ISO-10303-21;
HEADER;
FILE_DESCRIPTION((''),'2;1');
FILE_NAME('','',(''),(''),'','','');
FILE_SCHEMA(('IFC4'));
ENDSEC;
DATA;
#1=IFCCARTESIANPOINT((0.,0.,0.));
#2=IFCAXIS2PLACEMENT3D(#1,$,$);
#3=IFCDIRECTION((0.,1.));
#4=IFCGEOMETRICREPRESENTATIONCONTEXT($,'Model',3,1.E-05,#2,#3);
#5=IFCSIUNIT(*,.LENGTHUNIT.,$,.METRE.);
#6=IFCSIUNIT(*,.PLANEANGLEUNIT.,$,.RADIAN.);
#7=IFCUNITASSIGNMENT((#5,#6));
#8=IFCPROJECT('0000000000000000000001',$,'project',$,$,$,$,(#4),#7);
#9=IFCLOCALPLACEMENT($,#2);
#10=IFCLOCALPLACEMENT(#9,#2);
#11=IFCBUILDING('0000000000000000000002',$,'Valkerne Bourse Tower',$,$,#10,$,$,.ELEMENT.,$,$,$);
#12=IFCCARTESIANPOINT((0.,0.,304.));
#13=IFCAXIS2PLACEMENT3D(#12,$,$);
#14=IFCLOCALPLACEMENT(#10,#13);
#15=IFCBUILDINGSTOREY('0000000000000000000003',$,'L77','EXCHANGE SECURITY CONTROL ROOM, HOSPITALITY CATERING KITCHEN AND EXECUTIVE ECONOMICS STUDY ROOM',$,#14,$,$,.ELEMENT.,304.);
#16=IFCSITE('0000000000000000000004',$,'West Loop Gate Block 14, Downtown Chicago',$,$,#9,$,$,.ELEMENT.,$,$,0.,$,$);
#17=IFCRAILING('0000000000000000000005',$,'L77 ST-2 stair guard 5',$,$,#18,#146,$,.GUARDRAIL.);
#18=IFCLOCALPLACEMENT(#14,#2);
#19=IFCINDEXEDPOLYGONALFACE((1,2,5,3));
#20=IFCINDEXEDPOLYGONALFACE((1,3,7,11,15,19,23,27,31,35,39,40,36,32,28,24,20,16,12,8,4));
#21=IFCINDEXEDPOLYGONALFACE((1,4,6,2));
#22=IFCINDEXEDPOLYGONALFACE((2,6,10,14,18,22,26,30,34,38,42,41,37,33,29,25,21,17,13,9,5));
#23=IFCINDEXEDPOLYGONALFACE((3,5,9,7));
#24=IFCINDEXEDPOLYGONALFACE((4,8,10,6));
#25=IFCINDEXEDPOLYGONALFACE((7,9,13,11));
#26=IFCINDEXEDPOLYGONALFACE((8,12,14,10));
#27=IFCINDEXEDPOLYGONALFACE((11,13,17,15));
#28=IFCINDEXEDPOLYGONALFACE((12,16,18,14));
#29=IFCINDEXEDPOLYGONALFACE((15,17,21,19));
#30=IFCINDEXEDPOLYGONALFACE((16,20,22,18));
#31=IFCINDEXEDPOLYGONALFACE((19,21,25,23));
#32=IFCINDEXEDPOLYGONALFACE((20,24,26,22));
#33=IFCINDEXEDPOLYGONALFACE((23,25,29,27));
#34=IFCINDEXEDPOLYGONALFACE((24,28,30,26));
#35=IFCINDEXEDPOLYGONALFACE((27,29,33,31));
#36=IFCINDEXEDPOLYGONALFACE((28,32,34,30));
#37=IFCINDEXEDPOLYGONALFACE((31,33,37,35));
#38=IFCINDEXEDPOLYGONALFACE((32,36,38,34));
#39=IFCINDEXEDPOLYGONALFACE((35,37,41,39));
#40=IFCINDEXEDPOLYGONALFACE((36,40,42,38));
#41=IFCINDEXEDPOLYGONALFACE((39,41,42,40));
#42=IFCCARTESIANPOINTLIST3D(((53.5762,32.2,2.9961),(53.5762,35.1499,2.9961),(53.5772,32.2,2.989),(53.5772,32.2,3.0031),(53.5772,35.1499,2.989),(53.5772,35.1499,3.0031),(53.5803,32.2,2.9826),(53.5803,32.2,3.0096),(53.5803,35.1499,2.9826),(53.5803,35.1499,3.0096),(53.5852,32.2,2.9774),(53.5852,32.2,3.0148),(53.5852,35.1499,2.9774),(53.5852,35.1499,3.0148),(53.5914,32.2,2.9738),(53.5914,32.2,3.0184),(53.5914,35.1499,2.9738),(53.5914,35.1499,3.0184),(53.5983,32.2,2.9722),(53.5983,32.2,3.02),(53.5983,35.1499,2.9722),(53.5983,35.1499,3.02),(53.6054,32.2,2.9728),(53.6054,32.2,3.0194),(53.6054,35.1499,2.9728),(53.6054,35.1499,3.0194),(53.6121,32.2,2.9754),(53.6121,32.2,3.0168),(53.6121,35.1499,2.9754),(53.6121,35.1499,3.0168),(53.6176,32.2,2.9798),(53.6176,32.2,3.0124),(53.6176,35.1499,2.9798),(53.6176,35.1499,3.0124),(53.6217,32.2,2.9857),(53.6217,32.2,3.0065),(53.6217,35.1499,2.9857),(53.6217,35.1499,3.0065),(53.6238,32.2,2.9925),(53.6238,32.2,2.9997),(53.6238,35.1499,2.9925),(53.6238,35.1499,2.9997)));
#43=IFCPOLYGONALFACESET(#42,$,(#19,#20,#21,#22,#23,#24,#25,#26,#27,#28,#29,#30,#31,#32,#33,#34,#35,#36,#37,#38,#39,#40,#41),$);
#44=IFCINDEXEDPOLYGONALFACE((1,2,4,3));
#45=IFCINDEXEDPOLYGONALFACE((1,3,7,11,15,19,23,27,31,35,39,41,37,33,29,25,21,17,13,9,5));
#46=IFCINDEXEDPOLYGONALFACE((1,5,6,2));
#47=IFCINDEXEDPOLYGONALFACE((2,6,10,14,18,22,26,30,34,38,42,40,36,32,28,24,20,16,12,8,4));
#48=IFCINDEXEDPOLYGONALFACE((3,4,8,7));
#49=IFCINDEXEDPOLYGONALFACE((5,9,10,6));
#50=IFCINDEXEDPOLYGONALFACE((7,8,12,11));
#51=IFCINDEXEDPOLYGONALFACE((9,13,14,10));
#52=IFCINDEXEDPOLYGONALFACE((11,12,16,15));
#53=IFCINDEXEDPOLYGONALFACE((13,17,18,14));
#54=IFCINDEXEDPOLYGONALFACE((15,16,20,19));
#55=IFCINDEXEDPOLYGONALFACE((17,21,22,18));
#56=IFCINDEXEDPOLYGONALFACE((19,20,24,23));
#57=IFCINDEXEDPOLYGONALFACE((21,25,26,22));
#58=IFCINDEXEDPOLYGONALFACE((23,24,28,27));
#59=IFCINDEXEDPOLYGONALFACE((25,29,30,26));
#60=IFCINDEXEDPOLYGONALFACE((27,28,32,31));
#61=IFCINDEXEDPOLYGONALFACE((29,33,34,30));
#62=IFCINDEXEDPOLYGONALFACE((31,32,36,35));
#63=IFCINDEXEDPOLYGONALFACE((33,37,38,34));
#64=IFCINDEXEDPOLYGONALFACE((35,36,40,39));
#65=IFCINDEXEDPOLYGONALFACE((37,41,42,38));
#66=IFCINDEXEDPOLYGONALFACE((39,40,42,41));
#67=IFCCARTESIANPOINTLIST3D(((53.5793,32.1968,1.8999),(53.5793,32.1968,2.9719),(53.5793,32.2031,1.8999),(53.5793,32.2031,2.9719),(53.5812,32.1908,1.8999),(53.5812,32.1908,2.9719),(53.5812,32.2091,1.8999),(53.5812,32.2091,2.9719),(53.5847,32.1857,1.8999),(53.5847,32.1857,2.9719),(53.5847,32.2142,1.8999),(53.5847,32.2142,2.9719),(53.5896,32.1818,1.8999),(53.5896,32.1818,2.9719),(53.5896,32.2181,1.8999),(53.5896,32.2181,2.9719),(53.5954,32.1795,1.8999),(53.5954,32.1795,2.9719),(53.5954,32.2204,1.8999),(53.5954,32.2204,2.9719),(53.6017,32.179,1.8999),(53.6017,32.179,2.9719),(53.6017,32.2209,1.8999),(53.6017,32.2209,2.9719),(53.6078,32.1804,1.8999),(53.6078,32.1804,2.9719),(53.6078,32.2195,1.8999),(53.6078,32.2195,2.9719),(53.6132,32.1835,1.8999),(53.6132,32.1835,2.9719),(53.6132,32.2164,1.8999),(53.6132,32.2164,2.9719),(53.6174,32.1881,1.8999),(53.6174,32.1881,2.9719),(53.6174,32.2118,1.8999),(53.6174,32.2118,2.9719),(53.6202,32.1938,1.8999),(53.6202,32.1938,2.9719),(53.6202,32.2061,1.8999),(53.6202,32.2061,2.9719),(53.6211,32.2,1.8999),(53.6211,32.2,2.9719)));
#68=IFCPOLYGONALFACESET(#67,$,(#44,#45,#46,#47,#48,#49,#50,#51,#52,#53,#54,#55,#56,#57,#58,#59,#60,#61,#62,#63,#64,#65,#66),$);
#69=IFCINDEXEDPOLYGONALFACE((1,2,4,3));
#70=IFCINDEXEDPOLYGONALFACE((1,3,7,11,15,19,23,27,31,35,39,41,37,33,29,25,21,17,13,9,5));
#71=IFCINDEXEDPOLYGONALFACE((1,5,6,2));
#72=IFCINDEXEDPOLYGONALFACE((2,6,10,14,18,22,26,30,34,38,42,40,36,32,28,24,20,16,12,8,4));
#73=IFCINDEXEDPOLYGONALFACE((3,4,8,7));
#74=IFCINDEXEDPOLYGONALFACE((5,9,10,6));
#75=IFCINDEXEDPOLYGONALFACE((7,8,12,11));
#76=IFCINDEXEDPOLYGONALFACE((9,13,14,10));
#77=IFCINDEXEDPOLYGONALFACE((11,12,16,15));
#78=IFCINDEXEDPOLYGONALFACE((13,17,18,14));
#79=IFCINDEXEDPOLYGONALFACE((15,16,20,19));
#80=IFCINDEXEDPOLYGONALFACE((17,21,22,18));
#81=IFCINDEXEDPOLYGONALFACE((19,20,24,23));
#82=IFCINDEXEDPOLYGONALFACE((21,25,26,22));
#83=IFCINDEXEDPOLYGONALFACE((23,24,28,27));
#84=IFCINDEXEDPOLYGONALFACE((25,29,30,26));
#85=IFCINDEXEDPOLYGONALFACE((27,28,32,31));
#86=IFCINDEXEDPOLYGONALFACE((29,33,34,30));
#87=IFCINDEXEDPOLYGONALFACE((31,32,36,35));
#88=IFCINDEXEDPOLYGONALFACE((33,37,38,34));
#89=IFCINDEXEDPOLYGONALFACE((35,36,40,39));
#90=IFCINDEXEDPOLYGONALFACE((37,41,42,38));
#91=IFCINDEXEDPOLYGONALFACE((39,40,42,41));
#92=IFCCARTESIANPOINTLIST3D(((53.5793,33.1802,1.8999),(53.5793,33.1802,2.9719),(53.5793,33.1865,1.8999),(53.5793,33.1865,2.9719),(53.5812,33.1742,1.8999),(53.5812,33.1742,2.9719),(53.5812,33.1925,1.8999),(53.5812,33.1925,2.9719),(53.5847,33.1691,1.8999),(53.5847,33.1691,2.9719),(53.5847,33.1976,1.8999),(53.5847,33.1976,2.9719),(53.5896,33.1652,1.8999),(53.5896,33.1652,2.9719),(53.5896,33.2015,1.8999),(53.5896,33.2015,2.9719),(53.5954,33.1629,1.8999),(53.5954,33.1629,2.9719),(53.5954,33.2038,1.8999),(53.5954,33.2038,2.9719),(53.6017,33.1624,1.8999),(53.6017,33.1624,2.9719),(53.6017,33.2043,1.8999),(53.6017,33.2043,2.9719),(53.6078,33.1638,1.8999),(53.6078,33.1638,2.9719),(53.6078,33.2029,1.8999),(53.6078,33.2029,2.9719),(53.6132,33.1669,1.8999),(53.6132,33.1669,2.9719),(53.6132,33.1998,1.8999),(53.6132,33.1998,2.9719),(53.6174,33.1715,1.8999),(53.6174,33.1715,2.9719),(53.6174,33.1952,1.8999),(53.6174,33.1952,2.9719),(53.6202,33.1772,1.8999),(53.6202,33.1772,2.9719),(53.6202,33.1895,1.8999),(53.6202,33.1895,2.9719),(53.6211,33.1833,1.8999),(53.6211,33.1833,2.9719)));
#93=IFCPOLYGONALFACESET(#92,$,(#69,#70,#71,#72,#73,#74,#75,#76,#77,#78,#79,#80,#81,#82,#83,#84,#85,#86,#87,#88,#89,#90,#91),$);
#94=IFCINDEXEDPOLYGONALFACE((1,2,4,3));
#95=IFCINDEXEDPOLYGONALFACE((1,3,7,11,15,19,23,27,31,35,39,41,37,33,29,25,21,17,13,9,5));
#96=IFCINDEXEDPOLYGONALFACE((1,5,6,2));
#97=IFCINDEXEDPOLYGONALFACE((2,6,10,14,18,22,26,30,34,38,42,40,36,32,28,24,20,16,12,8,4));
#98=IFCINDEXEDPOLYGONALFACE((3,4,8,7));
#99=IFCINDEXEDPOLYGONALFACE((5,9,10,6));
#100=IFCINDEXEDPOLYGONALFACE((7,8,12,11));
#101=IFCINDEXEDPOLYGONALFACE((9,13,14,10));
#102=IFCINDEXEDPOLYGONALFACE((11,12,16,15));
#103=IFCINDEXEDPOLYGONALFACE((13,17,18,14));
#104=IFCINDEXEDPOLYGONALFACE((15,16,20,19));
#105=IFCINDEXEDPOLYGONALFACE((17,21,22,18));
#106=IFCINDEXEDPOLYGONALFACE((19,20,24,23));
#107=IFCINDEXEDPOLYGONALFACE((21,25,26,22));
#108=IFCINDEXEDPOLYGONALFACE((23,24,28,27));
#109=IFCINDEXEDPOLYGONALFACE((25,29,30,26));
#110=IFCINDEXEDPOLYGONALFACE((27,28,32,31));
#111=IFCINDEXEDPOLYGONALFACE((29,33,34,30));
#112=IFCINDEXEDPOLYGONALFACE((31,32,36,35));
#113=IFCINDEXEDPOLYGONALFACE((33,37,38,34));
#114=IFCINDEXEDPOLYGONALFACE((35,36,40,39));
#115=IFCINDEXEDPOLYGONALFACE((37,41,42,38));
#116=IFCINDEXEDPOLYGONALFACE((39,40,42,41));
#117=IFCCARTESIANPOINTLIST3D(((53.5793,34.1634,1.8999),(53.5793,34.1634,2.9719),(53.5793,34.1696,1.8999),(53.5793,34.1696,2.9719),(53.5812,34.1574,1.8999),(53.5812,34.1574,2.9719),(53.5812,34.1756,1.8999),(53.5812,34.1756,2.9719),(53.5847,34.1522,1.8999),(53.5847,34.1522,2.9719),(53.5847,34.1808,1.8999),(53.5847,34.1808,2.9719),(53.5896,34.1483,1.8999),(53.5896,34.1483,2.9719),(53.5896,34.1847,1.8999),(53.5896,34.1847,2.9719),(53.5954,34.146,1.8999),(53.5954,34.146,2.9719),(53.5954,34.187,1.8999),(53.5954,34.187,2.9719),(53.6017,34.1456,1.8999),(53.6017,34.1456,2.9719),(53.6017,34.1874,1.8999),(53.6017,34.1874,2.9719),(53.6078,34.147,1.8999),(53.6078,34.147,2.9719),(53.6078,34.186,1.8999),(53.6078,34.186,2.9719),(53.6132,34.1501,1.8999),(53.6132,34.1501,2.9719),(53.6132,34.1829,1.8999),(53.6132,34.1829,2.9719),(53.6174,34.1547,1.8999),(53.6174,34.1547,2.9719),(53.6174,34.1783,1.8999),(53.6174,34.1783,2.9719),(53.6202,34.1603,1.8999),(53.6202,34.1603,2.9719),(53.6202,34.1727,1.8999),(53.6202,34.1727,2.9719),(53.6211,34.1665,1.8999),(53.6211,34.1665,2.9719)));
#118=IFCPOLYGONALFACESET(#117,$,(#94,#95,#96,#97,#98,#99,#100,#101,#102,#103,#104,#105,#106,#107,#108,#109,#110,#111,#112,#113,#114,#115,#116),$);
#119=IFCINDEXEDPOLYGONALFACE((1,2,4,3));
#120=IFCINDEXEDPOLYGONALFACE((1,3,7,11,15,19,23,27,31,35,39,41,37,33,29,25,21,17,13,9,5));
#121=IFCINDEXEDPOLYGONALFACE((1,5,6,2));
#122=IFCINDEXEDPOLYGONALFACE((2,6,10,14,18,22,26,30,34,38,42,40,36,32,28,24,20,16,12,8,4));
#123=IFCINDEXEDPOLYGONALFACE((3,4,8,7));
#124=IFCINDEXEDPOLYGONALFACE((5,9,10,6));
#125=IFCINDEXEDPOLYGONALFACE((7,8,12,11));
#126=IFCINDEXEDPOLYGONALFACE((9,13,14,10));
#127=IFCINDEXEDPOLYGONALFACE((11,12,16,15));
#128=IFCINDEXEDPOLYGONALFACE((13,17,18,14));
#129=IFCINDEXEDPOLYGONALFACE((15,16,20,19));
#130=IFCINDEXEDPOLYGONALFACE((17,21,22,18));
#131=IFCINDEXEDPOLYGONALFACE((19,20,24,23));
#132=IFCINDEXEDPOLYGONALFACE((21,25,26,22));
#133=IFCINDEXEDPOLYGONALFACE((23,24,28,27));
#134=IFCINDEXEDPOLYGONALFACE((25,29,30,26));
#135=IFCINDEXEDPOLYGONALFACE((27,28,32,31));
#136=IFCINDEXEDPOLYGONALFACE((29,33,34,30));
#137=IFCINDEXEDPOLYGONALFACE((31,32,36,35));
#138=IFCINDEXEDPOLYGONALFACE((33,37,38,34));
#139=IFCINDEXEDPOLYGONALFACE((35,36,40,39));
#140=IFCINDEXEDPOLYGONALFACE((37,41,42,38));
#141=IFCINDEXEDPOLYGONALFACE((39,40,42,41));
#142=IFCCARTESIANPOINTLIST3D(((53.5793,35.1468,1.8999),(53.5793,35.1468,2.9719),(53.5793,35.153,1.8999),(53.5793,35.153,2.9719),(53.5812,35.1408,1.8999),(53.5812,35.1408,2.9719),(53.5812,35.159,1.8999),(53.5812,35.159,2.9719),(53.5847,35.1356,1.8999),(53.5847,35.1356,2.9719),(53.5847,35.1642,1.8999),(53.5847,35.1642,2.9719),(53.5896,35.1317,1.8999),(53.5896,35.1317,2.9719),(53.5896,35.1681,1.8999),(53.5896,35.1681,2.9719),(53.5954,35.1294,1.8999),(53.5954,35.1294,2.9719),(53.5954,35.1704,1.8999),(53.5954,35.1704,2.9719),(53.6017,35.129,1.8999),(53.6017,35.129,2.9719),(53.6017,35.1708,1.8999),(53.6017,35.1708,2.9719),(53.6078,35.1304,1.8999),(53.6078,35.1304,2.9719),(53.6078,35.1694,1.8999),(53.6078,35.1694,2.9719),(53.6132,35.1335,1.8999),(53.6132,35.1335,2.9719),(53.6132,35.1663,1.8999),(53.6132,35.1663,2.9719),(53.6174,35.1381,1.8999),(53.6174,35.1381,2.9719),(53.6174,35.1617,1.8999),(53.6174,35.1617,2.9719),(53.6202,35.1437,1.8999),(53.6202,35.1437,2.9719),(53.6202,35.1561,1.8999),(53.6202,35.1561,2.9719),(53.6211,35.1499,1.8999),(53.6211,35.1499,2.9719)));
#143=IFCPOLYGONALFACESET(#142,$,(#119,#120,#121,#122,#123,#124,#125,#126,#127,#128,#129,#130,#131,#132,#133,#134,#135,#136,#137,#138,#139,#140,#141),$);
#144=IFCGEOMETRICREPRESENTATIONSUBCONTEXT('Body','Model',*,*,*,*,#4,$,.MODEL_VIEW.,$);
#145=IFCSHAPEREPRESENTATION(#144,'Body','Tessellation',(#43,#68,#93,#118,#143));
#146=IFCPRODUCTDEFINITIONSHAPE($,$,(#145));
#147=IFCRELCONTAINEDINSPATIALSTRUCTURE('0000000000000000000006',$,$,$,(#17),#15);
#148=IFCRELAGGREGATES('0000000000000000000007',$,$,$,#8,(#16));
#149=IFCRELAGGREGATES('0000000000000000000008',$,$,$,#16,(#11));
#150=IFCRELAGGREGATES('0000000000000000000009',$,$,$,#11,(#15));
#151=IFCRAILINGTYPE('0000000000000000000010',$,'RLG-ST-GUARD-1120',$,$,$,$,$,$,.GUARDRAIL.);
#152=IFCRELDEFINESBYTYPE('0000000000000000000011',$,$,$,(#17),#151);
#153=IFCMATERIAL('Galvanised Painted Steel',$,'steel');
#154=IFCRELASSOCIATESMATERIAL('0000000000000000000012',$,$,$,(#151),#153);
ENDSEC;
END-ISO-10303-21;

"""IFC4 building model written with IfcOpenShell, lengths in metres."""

from ifc_helpers import new_model, si_unit, direction, frame, origin, origin_2d, place, context, subcontext, project, spatial, circle, extrude, material, type_object, element, save


model = new_model("IFC4")

# Units and contexts
model_context = context("Model", 3, precision=1e-05, world=origin(), true_north=direction((0.0, 1.0)))
body_context = subcontext(model_context, "Body", "Model", "MODEL_VIEW")
ifc_project = project(units=[si_unit("LENGTHUNIT", "METRE"), si_unit("PLANEANGLEUNIT", "RADIAN")], contexts=[model_context])

# Site, building, storey
site_placement = place(None, origin())
site = spatial("IfcSite", under=ifc_project, at=site_placement, Name="West Loop Gate Block 14, Downtown Chicago", CompositionType="ELEMENT", RefElevation=0.0)
building_placement = place(site_placement, origin())
building = spatial("IfcBuilding", under=site, at=building_placement, Name="Valkerne Bourse Tower", CompositionType="ELEMENT")
storey_placement = place(building_placement, frame((0.0, 0.0, 304.0)))
storey = spatial("IfcBuildingStorey", under=building, at=storey_placement, Name="L77", Description="EXCHANGE SECURITY CONTROL ROOM, HOSPITALITY CATERING KITCHEN AND EXECUTIVE ECONOMICS STUDY ROOM", CompositionType="ELEMENT", Elevation=304.0)

# Railing
ifc_material_1 = material(Name="Galvanised Painted Steel", Category="steel")
railing_type = type_object("IfcRailingType", Name="RLG-ST-GUARD-1120", PredefinedType="GUARDRAIL", material=ifc_material_1)
railing_1_placement = place(storey_placement, frame((53.6001, 32.2, 1.8999)))
element("IfcRailing", 1, at=railing_1_placement, inside=storey, type_object=railing_type, Name="L77 ST-2 stair guard 5", PredefinedType="GUARDRAIL", context=body_context, shape_type="SweptSolid", body=[
    extrude(circle(Radius=0.0239, at=origin_2d()), frame((0.0, 0.0, 1.0962), z_axis=(0.0, 1.0, 0.0), x_axis=(-1.0, 0.0, 0.0)), (0.0, 0.0, 1.0), 2.95),
    extrude(circle(Radius=0.021, at=origin_2d()), origin(), (0.0, 0.0, 1.0), 1.072),
    extrude(circle(Radius=0.021, at=origin_2d()), frame((0.0, 0.9834, 0.0)), (0.0, 0.0, 1.0), 1.072),
    extrude(circle(Radius=0.021, at=origin_2d()), frame((0.0, 1.9666, 0.0)), (0.0, 0.0, 1.0), 1.072),
    extrude(circle(Radius=0.021, at=origin_2d()), frame((0.0, 2.95, 0.0)), (0.0, 0.0, 1.0), 1.072),
])

save(model, "model.ifc")
